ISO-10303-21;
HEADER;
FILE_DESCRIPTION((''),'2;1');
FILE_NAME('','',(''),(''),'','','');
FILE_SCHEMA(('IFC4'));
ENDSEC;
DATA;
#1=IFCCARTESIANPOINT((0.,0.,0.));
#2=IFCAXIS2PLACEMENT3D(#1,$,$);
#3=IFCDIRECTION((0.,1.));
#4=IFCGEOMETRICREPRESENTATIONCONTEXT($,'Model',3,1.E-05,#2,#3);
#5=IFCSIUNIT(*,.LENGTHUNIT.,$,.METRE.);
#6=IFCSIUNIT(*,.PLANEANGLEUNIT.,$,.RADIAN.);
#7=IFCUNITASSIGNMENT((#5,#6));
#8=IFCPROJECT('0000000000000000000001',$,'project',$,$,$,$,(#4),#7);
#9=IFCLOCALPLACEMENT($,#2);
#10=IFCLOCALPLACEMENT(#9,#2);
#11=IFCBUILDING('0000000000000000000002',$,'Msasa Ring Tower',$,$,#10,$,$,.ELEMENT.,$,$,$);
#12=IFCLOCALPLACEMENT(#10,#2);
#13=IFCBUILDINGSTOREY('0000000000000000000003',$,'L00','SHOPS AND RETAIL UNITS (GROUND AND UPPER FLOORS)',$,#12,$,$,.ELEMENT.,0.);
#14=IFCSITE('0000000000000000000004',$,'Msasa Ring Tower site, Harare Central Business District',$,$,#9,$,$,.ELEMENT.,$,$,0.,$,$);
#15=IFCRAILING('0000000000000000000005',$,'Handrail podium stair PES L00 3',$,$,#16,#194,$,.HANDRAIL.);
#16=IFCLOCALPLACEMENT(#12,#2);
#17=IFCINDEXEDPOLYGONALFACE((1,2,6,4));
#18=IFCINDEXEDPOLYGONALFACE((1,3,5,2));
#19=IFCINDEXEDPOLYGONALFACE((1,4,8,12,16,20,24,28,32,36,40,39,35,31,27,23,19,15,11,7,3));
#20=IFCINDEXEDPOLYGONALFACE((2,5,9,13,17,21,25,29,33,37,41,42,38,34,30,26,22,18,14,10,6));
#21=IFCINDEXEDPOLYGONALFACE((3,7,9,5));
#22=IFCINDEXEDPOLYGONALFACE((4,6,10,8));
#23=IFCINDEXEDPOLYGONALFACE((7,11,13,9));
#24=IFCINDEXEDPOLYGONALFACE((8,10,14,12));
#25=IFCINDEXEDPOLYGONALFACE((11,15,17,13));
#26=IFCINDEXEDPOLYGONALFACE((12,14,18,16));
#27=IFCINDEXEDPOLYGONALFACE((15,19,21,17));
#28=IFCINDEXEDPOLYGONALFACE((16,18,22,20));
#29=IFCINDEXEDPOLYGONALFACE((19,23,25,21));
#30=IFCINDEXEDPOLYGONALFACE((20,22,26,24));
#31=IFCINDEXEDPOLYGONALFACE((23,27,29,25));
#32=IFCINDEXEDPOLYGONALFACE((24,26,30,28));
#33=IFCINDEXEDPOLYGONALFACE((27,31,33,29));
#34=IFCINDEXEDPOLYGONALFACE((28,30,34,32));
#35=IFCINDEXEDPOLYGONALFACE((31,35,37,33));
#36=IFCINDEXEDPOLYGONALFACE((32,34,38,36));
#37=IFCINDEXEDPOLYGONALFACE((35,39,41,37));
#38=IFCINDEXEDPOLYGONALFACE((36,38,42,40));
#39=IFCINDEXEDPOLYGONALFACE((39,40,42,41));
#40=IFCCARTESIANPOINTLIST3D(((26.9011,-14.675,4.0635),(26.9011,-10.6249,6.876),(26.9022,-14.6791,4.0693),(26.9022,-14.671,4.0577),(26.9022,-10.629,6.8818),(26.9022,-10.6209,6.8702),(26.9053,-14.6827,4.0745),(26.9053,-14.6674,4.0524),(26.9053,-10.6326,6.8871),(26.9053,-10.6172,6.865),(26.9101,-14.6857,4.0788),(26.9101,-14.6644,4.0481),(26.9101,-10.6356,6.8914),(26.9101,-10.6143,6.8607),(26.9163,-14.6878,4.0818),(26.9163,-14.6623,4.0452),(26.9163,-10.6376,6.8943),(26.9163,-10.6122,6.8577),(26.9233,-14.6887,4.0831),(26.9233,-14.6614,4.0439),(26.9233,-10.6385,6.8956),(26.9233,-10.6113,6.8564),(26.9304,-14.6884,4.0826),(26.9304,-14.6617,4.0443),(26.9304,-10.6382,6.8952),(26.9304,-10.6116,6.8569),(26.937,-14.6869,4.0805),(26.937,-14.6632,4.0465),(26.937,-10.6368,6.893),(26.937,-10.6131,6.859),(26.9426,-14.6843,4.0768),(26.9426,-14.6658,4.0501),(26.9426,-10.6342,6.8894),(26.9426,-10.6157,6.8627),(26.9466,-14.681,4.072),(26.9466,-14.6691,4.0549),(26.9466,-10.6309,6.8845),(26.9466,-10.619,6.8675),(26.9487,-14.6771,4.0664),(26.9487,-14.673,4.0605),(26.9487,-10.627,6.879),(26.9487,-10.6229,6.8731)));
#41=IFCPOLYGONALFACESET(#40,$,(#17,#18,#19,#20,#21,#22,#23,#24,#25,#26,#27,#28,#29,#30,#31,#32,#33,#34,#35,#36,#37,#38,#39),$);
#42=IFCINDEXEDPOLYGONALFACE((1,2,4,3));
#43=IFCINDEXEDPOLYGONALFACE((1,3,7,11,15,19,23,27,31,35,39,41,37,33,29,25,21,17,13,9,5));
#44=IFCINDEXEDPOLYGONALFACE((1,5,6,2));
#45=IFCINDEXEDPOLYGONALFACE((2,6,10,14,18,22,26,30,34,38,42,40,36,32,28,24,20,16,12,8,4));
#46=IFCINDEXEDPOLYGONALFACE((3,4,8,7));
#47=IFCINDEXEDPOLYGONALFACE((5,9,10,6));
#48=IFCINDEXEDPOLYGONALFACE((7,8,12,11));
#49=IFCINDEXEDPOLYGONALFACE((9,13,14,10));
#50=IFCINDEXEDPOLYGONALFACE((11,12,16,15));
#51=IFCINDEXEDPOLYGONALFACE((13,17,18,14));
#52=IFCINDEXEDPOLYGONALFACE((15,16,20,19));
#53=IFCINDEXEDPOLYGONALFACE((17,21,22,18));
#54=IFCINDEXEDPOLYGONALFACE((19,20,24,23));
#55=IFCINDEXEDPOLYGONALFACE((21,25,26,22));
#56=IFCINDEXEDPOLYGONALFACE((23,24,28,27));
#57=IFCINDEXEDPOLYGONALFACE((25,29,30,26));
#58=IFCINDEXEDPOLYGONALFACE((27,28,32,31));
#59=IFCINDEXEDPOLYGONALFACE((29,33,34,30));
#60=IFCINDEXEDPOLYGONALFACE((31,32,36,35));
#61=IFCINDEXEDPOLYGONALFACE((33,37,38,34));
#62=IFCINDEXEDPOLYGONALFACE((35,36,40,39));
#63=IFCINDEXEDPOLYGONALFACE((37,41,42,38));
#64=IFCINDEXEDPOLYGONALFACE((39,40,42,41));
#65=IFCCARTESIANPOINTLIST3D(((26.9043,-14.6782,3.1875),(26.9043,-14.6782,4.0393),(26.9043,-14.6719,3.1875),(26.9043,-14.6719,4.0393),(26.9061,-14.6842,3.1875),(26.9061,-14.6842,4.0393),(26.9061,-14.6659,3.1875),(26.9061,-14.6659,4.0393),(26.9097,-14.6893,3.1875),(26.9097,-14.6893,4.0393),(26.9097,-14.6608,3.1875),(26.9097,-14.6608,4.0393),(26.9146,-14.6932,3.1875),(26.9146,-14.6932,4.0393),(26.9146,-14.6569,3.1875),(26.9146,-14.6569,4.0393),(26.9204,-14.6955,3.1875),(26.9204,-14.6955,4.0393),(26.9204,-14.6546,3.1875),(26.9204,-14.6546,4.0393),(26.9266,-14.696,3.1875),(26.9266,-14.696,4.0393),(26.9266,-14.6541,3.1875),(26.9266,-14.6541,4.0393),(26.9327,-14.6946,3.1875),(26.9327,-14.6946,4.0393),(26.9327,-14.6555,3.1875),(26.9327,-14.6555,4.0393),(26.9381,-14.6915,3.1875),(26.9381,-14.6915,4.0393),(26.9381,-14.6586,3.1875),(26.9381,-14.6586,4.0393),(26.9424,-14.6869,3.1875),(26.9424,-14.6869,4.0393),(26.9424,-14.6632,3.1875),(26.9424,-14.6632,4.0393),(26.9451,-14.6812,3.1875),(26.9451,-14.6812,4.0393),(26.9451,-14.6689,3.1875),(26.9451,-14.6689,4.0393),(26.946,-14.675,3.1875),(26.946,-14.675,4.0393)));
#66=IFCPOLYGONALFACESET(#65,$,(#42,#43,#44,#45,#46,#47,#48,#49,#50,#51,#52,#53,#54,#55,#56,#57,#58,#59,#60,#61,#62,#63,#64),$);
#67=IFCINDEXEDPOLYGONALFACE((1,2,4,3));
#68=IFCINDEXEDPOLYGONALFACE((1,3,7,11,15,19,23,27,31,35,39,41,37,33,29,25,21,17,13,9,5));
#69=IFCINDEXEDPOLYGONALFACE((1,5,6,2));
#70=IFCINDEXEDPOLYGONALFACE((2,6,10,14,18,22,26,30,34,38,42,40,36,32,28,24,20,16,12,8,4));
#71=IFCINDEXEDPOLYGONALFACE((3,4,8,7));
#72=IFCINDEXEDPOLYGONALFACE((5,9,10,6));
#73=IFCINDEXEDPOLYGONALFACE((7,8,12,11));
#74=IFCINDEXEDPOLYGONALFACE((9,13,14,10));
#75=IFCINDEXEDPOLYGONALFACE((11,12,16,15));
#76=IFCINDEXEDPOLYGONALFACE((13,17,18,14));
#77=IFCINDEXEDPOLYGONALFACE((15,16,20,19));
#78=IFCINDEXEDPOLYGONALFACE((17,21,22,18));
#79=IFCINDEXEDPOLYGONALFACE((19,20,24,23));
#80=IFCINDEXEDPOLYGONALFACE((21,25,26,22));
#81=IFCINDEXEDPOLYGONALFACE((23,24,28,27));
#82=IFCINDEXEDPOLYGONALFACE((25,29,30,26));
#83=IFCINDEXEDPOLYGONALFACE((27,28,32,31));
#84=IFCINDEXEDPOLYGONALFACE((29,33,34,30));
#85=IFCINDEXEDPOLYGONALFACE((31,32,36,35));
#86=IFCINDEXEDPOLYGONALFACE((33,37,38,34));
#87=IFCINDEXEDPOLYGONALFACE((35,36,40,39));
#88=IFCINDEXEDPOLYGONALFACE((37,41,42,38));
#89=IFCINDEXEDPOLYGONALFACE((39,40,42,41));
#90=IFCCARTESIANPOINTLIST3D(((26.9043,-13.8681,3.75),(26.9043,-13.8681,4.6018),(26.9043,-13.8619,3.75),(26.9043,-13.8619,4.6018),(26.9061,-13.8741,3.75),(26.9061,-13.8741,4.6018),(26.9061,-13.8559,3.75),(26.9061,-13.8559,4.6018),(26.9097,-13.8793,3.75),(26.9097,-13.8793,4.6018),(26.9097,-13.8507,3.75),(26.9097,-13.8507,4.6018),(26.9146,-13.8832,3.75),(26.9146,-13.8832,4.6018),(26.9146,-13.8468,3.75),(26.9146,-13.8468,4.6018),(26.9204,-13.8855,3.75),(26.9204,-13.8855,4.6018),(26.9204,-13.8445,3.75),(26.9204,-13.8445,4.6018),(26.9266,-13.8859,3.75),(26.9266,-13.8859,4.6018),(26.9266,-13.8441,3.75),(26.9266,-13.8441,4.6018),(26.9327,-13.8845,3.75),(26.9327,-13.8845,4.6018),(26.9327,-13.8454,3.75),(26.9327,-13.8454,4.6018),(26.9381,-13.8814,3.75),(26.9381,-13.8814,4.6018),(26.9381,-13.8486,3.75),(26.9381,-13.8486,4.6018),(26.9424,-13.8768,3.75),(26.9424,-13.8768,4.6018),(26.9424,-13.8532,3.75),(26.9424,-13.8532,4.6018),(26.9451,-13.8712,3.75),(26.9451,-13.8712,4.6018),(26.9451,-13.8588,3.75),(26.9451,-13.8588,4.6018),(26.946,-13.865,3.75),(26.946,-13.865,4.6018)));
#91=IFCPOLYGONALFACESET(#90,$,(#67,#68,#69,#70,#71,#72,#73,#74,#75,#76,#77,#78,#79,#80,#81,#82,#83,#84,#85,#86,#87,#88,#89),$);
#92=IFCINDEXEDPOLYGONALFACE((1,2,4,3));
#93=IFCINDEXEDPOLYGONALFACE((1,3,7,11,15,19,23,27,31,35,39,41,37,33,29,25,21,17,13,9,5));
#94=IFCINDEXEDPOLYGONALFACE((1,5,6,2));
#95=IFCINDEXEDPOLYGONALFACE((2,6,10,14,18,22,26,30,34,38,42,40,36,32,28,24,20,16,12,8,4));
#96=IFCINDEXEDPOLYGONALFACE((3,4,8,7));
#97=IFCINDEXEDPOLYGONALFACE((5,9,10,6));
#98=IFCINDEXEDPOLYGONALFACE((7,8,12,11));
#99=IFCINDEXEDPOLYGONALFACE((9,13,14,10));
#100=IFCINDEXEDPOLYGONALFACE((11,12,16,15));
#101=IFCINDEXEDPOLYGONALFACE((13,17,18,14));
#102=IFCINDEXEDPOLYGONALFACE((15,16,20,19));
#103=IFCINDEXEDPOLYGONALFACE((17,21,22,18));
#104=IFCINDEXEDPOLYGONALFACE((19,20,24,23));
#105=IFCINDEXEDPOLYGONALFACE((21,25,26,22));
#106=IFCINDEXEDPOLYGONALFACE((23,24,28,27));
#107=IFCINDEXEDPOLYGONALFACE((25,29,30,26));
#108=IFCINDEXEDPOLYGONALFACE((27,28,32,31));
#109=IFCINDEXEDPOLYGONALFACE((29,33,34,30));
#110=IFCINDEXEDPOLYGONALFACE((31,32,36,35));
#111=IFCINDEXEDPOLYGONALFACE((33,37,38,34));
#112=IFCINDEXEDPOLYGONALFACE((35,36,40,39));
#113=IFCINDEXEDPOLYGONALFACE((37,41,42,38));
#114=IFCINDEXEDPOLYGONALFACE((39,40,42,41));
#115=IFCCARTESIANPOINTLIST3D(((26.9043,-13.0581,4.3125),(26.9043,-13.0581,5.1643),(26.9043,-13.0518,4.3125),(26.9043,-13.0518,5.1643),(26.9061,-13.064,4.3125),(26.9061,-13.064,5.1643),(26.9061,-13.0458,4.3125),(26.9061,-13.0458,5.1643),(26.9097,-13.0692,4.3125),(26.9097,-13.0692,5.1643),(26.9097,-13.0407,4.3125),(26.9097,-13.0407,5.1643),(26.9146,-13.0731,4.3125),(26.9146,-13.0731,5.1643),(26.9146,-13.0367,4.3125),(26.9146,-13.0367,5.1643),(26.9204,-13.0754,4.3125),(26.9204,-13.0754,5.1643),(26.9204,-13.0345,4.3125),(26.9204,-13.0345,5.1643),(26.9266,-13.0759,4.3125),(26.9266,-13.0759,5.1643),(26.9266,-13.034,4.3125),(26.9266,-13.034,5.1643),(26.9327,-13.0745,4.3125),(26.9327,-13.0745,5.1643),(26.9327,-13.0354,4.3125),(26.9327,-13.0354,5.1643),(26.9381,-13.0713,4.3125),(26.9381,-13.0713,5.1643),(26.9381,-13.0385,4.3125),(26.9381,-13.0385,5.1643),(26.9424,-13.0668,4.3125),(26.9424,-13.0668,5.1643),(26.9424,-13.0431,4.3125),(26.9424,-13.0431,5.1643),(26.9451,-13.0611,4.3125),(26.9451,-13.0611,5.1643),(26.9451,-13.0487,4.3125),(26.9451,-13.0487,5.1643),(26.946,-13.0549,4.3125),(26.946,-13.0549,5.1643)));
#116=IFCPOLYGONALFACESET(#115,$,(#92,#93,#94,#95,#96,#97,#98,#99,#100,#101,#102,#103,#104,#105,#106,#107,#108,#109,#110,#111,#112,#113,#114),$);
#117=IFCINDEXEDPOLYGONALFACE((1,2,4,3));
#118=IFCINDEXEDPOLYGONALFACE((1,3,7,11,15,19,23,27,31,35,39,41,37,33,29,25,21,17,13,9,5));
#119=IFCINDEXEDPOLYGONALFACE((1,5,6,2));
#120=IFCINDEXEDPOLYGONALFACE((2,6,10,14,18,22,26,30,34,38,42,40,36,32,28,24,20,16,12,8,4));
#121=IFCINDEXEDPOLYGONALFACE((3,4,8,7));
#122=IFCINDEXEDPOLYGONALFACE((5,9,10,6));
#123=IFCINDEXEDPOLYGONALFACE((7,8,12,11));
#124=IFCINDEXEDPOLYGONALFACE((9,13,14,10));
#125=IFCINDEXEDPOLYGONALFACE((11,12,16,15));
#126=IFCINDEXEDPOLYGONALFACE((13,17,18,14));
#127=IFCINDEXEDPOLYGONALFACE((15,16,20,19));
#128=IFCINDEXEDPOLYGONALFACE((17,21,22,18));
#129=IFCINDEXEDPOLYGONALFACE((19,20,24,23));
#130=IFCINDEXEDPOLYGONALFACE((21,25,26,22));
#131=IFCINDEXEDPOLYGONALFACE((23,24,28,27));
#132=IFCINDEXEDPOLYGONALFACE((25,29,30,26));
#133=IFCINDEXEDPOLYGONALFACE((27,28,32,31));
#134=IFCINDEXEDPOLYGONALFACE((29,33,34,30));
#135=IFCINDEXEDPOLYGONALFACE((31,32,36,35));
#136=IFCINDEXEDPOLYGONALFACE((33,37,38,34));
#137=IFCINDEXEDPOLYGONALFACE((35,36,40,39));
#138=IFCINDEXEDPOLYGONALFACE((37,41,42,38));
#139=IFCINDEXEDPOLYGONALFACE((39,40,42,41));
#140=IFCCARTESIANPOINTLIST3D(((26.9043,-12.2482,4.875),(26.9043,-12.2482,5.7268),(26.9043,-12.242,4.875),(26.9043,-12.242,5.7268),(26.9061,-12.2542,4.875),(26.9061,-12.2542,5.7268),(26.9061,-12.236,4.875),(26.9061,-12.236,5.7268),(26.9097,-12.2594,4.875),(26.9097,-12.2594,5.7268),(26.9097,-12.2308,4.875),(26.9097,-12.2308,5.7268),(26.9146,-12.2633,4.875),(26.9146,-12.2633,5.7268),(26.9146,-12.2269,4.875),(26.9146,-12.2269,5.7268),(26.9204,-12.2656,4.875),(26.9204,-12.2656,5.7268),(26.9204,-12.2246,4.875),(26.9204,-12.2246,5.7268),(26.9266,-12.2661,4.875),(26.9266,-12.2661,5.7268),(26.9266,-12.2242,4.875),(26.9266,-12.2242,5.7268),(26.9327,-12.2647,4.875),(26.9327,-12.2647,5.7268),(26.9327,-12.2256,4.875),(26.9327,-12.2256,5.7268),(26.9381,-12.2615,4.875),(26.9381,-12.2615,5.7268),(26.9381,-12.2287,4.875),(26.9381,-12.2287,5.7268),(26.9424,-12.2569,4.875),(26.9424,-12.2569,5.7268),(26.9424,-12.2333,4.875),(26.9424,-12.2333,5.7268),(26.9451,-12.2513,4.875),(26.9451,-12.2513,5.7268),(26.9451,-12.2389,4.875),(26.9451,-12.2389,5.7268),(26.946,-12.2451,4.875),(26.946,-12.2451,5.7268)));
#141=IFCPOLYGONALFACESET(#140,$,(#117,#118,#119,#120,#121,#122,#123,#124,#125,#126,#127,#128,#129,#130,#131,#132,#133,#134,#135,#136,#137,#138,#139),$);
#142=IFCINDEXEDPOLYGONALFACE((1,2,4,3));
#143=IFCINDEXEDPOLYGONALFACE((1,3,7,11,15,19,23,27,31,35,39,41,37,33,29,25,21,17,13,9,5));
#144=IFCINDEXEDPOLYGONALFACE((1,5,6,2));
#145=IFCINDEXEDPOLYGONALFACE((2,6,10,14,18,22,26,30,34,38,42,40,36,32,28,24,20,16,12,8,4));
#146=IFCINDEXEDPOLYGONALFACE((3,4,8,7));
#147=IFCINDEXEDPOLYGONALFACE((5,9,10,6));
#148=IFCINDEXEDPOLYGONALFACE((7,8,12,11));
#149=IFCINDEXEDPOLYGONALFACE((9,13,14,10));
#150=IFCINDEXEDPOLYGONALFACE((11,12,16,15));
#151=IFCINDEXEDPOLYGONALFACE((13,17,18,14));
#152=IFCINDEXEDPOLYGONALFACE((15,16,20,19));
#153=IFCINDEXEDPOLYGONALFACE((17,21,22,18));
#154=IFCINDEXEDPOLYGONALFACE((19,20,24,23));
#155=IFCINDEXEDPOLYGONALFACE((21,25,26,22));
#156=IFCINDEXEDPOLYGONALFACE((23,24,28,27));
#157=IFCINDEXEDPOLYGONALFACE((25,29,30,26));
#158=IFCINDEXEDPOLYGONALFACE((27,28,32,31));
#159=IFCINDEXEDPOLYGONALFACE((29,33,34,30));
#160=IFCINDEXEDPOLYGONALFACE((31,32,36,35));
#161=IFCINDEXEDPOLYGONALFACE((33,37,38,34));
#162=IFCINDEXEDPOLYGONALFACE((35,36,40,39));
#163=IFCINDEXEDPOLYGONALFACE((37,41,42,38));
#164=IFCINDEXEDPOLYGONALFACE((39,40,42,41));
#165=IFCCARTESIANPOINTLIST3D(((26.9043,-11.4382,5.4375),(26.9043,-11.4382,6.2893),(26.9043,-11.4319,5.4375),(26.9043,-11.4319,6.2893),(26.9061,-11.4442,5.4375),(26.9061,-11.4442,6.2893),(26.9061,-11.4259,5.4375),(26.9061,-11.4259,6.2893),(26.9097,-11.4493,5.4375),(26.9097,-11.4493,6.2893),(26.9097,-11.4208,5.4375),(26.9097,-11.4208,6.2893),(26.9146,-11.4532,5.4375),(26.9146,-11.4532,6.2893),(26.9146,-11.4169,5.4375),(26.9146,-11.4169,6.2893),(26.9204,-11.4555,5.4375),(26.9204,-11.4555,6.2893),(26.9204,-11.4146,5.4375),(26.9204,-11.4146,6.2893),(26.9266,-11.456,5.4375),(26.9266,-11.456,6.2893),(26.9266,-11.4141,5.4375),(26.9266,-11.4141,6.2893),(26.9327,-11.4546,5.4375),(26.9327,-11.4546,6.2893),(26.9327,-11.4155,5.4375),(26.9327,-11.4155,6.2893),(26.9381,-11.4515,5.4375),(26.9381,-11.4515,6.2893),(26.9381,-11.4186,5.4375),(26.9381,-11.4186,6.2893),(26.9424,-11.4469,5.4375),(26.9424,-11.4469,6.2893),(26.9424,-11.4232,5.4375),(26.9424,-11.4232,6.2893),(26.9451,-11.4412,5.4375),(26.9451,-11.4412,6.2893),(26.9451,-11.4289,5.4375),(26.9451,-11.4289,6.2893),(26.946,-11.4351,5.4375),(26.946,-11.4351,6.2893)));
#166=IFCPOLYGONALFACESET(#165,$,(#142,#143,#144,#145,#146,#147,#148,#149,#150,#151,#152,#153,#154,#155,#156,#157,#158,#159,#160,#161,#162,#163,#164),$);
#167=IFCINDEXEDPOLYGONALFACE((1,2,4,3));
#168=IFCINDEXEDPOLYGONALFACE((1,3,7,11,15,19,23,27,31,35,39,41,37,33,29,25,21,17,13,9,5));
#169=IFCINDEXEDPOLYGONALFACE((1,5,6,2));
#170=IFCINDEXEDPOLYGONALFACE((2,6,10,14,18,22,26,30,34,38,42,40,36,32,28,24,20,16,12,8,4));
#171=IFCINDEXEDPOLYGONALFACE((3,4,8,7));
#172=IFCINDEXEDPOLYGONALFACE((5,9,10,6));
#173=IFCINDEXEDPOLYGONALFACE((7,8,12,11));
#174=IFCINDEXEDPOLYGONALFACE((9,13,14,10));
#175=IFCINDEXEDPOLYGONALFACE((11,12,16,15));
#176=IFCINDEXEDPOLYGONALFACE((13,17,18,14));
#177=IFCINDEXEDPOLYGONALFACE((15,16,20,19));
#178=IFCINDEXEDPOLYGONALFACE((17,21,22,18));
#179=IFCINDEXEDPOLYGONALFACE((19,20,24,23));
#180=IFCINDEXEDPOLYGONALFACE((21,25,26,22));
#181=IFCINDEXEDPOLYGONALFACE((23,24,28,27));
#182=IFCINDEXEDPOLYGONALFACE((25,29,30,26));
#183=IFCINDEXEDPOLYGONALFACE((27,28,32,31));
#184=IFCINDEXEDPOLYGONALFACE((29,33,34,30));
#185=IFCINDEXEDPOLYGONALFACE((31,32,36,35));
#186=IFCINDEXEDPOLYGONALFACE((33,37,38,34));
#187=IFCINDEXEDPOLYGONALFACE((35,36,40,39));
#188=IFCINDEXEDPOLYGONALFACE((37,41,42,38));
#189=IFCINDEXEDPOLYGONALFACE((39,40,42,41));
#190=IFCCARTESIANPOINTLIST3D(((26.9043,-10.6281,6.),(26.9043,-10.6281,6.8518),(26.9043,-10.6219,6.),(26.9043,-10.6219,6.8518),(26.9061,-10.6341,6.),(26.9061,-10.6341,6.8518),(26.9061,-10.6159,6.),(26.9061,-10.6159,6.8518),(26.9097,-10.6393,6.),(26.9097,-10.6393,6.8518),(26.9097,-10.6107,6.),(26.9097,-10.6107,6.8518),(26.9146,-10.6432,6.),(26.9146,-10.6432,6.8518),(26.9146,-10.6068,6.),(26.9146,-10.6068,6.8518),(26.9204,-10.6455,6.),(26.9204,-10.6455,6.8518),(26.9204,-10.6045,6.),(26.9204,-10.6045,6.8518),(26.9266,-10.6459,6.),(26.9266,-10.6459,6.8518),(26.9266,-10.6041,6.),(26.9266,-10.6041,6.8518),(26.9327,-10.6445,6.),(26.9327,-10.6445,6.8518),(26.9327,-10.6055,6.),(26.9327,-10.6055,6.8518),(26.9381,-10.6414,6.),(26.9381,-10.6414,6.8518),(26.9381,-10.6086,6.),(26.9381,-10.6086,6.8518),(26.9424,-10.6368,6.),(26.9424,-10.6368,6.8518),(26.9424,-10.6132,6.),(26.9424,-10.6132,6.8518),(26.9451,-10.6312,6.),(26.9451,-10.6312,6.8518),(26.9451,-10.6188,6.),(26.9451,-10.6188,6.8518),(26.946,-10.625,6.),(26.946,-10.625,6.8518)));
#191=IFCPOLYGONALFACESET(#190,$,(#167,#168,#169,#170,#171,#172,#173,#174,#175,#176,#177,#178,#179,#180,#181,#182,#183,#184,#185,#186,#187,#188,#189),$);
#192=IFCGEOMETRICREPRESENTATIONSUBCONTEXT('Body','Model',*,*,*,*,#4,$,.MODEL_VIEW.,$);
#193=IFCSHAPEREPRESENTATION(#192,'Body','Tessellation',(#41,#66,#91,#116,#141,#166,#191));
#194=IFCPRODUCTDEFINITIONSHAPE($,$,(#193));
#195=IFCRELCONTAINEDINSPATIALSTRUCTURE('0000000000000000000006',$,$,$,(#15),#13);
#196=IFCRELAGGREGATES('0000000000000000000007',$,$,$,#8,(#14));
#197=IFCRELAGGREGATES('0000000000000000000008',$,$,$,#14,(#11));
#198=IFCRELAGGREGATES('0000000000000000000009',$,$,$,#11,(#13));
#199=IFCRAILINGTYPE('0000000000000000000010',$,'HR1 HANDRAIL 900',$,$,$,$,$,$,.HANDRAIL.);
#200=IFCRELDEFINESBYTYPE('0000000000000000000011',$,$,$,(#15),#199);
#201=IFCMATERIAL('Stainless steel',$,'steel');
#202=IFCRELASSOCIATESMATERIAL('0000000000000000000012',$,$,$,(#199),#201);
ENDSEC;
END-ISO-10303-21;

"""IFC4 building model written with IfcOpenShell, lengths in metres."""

from ifc_helpers import new_model, si_unit, direction, frame, origin, origin_2d, place, context, subcontext, project, spatial, circle, extrude, material, type_object, element, save


model = new_model("IFC4")

# Units and contexts
model_context = context("Model", 3, precision=1e-05, world=origin(), true_north=direction((0.0, 1.0)))
body_context = subcontext(model_context, "Body", "Model", "MODEL_VIEW")
ifc_project = project(units=[si_unit("LENGTHUNIT", "METRE"), si_unit("PLANEANGLEUNIT", "RADIAN")], contexts=[model_context])

# Site, building, storey
site_placement = place(None, origin())
site = spatial("IfcSite", under=ifc_project, at=site_placement, Name="Msasa Ring Tower site, Harare Central Business District", CompositionType="ELEMENT", RefElevation=0.0)
building_placement = place(site_placement, origin())
building = spatial("IfcBuilding", under=site, at=building_placement, Name="Msasa Ring Tower", CompositionType="ELEMENT")
storey_placement = place(building_placement, origin())
storey = spatial("IfcBuildingStorey", under=building, at=storey_placement, Name="L00", Description="SHOPS AND RETAIL UNITS (GROUND AND UPPER FLOORS)", CompositionType="ELEMENT", Elevation=0.0)

# Railing
ifc_material_1 = material(Name="Stainless steel", Category="steel")
railing_type = type_object("IfcRailingType", Name="HR1 HANDRAIL 900", PredefinedType="HANDRAIL", material=ifc_material_1)
for number, where, name in (
    (1, (26.925, -14.675, 3.1875), "Handrail podium stair PES L00 3"),
):
    element("IfcRailing", number, at=place(storey_placement, frame(where)), inside=storey, type_object=railing_type, Name=name, PredefinedType="HANDRAIL", context=body_context, shape_type="SweptSolid", body=[
        extrude(circle(Radius=0.0239, at=origin_2d()), frame((0.0, 0.0, 0.876), z_axis=(0.0, 0.821373, 0.570391), x_axis=(-1.0, 0.0, 0.0)), (0.0, 0.0, 1.0), 4.9309),
        extrude(circle(Radius=0.021, at=origin_2d()), origin(), (0.0, 0.0, 1.0), 0.8518),
        extrude(circle(Radius=0.021, at=origin_2d()), frame((0.0, 0.8101, 0.5625)), (0.0, 0.0, 1.0), 0.8518),
        extrude(circle(Radius=0.021, at=origin_2d()), frame((0.0, 1.6201, 1.125)), (0.0, 0.0, 1.0), 0.8518),
        extrude(circle(Radius=0.021, at=origin_2d()), frame((0.0, 2.4299, 1.6875)), (0.0, 0.0, 1.0), 0.8518),
        extrude(circle(Radius=0.021, at=origin_2d()), frame((0.0, 3.24, 2.25)), (0.0, 0.0, 1.0), 0.8518),
        extrude(circle(Radius=0.021, at=origin_2d()), frame((0.0, 4.05, 2.8125)), (0.0, 0.0, 1.0), 0.8518),
    ])

save(model, "model.ifc")
